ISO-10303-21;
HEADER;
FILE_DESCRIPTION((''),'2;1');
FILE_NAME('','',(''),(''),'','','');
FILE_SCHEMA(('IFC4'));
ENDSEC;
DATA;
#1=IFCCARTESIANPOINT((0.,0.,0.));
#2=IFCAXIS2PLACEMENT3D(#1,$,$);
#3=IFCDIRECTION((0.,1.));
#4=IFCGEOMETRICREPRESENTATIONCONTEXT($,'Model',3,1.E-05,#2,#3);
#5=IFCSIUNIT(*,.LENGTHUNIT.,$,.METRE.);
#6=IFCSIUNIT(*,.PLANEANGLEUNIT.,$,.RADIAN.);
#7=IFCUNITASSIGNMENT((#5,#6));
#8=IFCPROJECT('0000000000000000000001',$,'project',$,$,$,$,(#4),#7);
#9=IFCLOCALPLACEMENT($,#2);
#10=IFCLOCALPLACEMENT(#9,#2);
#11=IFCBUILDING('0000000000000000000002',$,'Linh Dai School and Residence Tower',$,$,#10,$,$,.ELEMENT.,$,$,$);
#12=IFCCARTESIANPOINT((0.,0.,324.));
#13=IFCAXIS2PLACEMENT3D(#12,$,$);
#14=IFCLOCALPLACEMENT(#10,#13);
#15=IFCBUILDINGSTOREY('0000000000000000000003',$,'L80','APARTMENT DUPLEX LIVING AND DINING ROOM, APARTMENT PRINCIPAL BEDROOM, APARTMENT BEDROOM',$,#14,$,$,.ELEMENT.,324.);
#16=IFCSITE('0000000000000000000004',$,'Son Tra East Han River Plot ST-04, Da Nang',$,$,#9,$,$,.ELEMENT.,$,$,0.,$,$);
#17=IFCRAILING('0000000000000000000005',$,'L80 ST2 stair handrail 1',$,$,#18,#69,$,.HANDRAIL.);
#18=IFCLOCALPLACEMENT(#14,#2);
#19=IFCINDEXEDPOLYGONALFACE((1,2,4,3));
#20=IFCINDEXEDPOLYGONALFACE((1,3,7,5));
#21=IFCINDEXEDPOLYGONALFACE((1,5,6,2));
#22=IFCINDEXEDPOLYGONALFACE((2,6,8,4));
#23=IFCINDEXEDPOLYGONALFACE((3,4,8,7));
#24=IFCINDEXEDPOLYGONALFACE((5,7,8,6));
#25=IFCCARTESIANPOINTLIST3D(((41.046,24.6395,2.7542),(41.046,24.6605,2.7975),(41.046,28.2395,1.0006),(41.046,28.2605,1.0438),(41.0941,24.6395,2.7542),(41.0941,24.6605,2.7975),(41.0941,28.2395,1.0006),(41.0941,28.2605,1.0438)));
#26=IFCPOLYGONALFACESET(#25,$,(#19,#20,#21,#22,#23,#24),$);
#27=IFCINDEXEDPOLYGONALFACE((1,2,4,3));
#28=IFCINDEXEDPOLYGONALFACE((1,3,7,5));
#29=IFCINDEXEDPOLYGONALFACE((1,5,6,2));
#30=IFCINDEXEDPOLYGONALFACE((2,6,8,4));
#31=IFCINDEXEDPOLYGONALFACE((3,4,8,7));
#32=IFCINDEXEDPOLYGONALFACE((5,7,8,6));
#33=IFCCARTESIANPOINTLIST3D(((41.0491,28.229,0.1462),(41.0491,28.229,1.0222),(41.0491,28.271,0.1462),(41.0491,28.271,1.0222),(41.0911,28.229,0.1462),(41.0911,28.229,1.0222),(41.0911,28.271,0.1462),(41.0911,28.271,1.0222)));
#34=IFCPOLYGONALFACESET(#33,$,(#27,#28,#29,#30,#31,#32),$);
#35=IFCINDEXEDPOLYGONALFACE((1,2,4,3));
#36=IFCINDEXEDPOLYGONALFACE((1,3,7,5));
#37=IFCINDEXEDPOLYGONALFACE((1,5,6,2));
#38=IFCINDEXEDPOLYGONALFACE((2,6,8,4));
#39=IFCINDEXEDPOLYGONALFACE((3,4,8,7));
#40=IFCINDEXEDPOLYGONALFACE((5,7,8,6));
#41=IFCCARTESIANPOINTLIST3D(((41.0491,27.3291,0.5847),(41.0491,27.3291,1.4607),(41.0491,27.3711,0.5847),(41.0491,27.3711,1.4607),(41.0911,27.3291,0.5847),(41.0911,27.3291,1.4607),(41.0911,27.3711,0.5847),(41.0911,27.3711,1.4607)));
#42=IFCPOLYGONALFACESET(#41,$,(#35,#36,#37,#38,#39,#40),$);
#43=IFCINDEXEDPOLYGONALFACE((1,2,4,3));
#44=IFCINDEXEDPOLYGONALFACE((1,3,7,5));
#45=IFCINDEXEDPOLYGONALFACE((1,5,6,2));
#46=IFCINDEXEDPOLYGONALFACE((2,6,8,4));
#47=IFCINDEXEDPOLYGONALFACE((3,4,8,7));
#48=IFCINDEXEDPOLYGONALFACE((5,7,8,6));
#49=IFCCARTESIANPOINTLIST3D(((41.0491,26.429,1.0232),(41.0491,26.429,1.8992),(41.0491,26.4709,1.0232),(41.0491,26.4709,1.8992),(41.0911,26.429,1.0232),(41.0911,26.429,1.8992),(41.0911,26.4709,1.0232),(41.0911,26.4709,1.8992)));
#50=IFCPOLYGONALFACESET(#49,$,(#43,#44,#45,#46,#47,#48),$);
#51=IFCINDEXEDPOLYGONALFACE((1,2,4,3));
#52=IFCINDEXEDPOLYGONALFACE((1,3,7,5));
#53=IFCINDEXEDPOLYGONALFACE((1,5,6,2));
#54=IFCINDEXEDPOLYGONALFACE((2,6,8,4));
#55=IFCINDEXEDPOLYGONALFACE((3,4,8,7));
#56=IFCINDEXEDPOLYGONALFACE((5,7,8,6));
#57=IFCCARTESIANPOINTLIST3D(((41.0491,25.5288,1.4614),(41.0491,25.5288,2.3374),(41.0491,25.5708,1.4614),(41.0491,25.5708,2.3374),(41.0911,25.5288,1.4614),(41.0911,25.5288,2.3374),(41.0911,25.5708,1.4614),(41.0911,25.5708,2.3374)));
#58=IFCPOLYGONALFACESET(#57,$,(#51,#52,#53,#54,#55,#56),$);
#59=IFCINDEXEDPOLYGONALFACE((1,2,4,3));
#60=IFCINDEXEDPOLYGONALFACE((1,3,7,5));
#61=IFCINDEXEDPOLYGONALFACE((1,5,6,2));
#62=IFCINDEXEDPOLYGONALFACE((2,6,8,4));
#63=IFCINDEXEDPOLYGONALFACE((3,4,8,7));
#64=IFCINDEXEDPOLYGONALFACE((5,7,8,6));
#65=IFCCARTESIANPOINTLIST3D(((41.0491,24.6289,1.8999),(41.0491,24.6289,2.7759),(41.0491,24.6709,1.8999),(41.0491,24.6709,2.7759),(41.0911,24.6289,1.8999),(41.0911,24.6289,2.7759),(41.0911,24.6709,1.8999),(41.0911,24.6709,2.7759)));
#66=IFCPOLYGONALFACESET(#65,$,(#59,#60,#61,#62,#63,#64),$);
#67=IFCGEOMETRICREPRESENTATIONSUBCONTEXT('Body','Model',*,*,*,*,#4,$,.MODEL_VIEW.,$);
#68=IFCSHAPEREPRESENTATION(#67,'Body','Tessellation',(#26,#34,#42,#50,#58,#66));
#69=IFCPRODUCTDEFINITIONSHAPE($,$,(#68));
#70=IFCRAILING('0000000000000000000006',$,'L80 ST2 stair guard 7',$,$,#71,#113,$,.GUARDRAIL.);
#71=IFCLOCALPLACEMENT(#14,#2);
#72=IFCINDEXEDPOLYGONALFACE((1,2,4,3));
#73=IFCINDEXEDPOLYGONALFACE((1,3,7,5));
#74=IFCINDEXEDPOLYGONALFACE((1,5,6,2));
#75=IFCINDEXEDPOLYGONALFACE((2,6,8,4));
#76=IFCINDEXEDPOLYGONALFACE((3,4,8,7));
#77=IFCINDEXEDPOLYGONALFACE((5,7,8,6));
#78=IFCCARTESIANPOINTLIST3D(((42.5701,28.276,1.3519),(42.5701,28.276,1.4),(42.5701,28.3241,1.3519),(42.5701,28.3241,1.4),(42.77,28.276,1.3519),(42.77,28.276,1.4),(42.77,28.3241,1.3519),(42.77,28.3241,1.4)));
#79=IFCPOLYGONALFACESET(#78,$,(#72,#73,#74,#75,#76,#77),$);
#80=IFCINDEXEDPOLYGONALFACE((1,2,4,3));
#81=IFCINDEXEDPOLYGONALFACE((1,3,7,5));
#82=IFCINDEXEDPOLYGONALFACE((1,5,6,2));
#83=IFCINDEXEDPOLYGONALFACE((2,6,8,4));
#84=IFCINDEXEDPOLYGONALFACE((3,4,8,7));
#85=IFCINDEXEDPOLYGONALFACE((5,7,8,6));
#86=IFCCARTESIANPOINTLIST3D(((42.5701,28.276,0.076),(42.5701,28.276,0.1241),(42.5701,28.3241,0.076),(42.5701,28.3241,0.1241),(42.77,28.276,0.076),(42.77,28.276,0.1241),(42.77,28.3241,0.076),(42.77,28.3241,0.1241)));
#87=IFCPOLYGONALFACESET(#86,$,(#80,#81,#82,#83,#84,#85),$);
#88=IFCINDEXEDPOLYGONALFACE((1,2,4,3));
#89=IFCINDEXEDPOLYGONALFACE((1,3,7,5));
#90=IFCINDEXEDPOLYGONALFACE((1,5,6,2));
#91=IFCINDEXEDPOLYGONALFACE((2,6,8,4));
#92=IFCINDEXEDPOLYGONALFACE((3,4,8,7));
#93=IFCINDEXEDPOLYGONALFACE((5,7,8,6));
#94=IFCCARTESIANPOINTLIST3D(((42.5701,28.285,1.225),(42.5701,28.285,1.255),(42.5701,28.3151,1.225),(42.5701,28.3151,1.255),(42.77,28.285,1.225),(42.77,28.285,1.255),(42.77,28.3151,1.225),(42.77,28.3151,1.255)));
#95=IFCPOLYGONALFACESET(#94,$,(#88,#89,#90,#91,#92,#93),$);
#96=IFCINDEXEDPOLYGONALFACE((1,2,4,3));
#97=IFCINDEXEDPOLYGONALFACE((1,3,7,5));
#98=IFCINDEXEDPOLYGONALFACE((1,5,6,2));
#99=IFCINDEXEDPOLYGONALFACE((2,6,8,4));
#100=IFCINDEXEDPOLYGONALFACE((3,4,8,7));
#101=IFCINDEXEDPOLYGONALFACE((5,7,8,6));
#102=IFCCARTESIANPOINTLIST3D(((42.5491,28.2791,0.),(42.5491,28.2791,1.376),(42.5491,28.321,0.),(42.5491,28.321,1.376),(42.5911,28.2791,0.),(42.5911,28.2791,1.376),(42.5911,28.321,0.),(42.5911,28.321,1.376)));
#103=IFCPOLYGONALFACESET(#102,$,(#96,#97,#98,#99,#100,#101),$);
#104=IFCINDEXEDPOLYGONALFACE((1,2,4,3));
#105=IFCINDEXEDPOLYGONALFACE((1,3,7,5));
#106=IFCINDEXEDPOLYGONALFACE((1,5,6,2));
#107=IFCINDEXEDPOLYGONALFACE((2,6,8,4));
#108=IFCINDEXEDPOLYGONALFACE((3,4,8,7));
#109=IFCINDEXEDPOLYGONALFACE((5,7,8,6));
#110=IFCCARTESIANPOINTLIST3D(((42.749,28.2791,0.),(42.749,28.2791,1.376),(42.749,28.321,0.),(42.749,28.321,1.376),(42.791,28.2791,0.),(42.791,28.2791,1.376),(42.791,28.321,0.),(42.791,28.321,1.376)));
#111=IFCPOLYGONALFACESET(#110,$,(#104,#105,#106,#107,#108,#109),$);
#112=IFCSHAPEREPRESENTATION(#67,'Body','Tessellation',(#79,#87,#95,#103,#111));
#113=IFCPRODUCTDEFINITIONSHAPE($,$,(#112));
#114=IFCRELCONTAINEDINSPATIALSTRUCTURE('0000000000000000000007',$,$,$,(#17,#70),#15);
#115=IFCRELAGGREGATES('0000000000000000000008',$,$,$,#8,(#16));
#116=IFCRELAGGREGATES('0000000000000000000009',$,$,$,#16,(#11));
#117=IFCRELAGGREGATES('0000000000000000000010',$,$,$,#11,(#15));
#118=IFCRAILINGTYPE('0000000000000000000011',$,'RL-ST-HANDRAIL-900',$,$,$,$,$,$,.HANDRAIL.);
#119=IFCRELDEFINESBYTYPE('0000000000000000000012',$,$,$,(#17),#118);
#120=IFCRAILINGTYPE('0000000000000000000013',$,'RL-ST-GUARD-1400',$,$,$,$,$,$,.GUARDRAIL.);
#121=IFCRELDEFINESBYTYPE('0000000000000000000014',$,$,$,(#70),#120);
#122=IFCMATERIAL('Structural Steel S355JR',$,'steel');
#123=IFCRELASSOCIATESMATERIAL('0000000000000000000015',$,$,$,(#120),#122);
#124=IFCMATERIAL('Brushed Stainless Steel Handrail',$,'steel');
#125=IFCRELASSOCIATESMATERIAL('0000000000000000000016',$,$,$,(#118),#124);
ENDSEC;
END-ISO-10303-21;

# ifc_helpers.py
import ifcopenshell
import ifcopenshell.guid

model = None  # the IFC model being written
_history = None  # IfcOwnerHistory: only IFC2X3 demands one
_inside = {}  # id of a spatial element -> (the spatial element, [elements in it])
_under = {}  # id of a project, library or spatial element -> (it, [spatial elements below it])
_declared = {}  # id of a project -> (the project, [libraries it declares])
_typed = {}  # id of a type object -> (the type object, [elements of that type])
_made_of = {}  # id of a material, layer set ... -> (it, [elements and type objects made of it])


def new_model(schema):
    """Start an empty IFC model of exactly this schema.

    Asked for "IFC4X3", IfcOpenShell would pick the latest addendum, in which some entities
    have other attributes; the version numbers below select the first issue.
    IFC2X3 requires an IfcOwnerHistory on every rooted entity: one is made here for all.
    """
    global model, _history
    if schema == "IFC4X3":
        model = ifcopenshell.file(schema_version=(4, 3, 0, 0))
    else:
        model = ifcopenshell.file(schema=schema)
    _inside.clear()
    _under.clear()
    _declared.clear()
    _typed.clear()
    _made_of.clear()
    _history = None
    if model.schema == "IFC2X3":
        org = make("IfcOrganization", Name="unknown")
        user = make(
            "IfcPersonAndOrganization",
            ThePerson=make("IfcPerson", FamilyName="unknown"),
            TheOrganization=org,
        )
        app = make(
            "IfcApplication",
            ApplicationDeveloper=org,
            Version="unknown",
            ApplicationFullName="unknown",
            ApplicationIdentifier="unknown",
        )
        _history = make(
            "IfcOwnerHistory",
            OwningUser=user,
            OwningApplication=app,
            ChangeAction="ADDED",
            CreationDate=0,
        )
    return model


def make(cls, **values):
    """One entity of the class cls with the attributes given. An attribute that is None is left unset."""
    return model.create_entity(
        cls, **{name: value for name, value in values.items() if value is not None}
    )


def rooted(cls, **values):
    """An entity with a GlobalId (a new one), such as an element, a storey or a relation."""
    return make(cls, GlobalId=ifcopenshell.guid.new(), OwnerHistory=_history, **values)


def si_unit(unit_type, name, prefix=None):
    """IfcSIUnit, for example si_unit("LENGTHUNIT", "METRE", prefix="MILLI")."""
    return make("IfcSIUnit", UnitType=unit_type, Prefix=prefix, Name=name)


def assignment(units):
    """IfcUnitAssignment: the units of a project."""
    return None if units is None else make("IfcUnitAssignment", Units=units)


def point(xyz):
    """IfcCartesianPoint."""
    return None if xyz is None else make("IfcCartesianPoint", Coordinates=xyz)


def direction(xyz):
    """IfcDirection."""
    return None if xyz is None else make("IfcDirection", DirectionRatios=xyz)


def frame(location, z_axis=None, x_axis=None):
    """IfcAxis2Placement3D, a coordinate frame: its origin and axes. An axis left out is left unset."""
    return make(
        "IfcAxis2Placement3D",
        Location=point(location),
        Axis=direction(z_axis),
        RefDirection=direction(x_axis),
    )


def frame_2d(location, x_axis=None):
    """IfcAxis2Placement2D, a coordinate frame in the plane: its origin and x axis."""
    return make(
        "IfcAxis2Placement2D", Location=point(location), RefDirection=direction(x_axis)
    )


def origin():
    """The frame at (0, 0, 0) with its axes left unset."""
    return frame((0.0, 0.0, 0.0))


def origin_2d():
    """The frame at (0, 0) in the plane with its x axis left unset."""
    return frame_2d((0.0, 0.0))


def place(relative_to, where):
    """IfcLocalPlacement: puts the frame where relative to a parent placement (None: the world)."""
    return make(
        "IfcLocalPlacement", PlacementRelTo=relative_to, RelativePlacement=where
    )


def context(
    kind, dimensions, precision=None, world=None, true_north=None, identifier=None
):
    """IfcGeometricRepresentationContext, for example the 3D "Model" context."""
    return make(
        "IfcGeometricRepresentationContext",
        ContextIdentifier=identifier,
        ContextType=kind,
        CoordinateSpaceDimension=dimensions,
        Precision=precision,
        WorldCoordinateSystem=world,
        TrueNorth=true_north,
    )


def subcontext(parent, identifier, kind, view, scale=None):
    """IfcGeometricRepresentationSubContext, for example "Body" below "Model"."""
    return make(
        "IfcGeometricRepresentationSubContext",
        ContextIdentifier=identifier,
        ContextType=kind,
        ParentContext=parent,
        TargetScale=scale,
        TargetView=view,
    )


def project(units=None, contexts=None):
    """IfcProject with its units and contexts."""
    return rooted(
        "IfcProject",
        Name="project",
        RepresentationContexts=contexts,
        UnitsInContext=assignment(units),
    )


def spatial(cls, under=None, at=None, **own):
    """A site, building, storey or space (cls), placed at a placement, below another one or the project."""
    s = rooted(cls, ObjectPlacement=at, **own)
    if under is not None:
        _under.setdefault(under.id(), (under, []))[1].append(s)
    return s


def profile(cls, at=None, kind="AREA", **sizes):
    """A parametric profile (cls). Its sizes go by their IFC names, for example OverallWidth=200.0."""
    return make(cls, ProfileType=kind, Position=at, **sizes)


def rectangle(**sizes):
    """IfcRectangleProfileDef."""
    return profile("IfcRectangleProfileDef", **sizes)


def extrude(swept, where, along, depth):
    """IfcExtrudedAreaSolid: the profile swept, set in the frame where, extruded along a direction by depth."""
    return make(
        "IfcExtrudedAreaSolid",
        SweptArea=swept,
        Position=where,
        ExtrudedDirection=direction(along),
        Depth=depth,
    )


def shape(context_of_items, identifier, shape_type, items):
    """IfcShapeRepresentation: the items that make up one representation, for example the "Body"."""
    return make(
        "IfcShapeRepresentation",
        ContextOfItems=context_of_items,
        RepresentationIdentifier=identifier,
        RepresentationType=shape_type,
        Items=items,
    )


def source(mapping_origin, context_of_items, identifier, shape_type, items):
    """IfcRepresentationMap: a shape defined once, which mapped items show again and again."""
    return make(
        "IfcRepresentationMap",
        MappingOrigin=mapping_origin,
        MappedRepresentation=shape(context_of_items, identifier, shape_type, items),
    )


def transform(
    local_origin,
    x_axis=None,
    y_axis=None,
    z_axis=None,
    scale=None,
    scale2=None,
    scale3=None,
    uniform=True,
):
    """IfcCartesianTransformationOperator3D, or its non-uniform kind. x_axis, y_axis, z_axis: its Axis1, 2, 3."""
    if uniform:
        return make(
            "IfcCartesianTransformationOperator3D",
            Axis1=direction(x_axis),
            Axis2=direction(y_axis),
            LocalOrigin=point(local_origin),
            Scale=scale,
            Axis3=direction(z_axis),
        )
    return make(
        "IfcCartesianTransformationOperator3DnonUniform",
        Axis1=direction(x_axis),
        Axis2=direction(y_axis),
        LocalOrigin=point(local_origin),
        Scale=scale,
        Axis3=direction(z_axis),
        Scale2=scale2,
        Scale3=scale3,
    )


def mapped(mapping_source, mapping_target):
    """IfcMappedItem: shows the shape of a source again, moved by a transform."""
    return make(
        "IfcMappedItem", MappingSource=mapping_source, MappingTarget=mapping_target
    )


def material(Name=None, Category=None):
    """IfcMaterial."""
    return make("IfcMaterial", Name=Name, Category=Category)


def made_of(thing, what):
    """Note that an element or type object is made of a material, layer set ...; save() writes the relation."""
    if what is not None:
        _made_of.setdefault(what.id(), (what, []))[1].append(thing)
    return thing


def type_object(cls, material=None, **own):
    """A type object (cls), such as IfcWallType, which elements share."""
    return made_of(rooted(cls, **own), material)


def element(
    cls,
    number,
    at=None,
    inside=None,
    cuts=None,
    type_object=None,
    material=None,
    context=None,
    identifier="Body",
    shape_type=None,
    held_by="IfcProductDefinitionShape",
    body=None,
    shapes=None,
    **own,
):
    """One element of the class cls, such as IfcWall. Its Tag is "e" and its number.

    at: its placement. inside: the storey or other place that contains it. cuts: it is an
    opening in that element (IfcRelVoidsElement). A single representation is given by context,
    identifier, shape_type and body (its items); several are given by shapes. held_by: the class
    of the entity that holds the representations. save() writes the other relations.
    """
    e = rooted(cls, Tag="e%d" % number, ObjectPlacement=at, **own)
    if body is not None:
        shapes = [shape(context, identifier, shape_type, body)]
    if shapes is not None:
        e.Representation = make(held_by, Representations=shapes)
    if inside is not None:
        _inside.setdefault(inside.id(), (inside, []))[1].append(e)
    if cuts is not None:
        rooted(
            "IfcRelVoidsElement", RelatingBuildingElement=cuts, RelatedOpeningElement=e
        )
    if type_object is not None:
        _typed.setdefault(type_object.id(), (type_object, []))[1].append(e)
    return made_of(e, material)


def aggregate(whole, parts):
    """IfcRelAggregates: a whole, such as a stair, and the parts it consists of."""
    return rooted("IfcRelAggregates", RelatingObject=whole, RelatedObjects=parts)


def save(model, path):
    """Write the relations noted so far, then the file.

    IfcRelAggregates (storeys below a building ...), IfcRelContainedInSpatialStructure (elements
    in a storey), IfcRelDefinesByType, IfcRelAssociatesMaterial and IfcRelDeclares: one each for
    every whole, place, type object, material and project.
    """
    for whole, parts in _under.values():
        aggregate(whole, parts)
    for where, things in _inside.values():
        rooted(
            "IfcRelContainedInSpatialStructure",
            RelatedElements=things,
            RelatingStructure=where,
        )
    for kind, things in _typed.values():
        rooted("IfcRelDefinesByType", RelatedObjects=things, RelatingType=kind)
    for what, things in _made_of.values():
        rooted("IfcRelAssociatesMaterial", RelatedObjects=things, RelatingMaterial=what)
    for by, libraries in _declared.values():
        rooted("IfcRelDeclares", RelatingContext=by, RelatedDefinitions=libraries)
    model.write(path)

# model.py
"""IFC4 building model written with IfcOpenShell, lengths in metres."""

from ifc_helpers import new_model, si_unit, direction, frame, origin, origin_2d, place, context, subcontext, project, spatial, rectangle, extrude, source, transform, mapped, material, type_object, element, save


model = new_model("IFC4")

# Units and contexts
model_context = context("Model", 3, precision=1e-05, world=origin(), true_north=direction((0.0, 1.0)))
body_context = subcontext(model_context, "Body", "Model", "MODEL_VIEW")
ifc_project = project(units=[si_unit("LENGTHUNIT", "METRE"), si_unit("PLANEANGLEUNIT", "RADIAN")], contexts=[model_context])

# Site, building, storey
site_placement = place(None, origin())
site = spatial("IfcSite", under=ifc_project, at=site_placement, Name="Son Tra East Han River Plot ST-04, Da Nang", CompositionType="ELEMENT", RefElevation=0.0)
building_placement = place(site_placement, origin())
building = spatial("IfcBuilding", under=site, at=building_placement, Name="Linh Dai School and Residence Tower", CompositionType="ELEMENT")
storey_placement = place(building_placement, frame((0.0, 0.0, 324.0)))
storey = spatial("IfcBuildingStorey", under=building, at=storey_placement, Name="L80", Description="APARTMENT DUPLEX LIVING AND DINING ROOM, APARTMENT PRINCIPAL BEDROOM, APARTMENT BEDROOM", CompositionType="ELEMENT", Elevation=324.0)

# Shared definitions
ifc_material_1 = material(Name="Structural Steel S355JR", Category="steel")

# Railings
railing_type_1 = type_object("IfcRailingType", Name="RL-ST-GUARD-1400", PredefinedType="GUARDRAIL", material=ifc_material_1)
ifc_material_2 = material(Name="Brushed Stainless Steel Handrail", Category="steel")
railing_type_2 = type_object("IfcRailingType", Name="RL-ST-HANDRAIL-900", PredefinedType="HANDRAIL", material=ifc_material_2)
shared_shape_1 = source(origin(), body_context, "Body", "SweptSolid", [
    extrude(rectangle(XDim=0.0481, YDim=0.0481, at=origin_2d()), frame((0.0, 0.0, 0.876), z_axis=(0.0, -0.899013, 0.437923), x_axis=(1.0, 0.0, 0.0)), (0.0, 0.0, 1.0), 4.0044),
    extrude(rectangle(XDim=0.042, YDim=0.042, at=origin_2d()), origin(), (0.0, 0.0, 1.0), 0.876),
    extrude(rectangle(XDim=0.042, YDim=0.042, at=origin_2d()), frame((0.0, -0.8999, 0.4385)), (0.0, 0.0, 1.0), 0.876),
    extrude(rectangle(XDim=0.042, YDim=0.042, at=origin_2d()), frame((0.0, -1.8, 0.877)), (0.0, 0.0, 1.0), 0.876),
    extrude(rectangle(XDim=0.042, YDim=0.042, at=origin_2d()), frame((0.0, -2.7002, 1.3152)), (0.0, 0.0, 1.0), 0.876),
    extrude(rectangle(XDim=0.042, YDim=0.042, at=origin_2d()), frame((0.0, -3.6001, 1.7537)), (0.0, 0.0, 1.0), 0.876),
])
railing_1_placement = place(storey_placement, frame((41.0701, 28.25, 0.1462)))
element("IfcRailing", 1, at=railing_1_placement, inside=storey, type_object=railing_type_2, Name="L80 ST2 stair handrail 1", PredefinedType="HANDRAIL", context=body_context, shape_type="MappedRepresentation", body=[
    mapped(shared_shape_1, transform((0.0, 0.0, 0.0), x_axis=(1.0, 0.0, 0.0), y_axis=(0.0, 1.0, 0.0), z_axis=(0.0, 0.0, 1.0), scale=1.0)),
])
shared_shape_2 = source(origin(), body_context, "Body", "SweptSolid", [
    extrude(rectangle(XDim=0.0481, YDim=0.0481, at=origin_2d()), frame((0.0, 0.0, 1.376), z_axis=(1.0, 0.0, 0.0), x_axis=(0.0, 1.0, 0.0)), (0.0, 0.0, 1.0), 0.2),
    extrude(rectangle(XDim=0.0481, YDim=0.0481, at=origin_2d()), frame((0.0, 0.0, 0.1001), z_axis=(1.0, 0.0, 0.0), x_axis=(0.0, 1.0, 0.0)), (0.0, 0.0, 1.0), 0.2),
    extrude(rectangle(XDim=0.03, YDim=0.03, at=origin_2d()), frame((0.0, 0.0, 1.24), z_axis=(1.0, 0.0, 0.0), x_axis=(0.0, 1.0, 0.0)), (0.0, 0.0, 1.0), 0.2),
    extrude(rectangle(XDim=0.042, YDim=0.042, at=origin_2d()), origin(), (0.0, 0.0, 1.0), 1.376),
    extrude(rectangle(XDim=0.042, YDim=0.042, at=origin_2d()), frame((0.2, 0.0, 0.0)), (0.0, 0.0, 1.0), 1.376),
])
railing_2_placement = place(storey_placement, frame((42.5701, 28.3, 0.0)))
element("IfcRailing", 2, at=railing_2_placement, inside=storey, type_object=railing_type_1, Name="L80 ST2 stair guard 7", PredefinedType="GUARDRAIL", context=body_context, shape_type="MappedRepresentation", body=[
    mapped(shared_shape_2, transform((0.0, 0.0, 0.0), x_axis=(1.0, 0.0, 0.0), y_axis=(0.0, 1.0, 0.0), z_axis=(0.0, 0.0, 1.0), scale=1.0)),
])

save(model, "model.ifc")
